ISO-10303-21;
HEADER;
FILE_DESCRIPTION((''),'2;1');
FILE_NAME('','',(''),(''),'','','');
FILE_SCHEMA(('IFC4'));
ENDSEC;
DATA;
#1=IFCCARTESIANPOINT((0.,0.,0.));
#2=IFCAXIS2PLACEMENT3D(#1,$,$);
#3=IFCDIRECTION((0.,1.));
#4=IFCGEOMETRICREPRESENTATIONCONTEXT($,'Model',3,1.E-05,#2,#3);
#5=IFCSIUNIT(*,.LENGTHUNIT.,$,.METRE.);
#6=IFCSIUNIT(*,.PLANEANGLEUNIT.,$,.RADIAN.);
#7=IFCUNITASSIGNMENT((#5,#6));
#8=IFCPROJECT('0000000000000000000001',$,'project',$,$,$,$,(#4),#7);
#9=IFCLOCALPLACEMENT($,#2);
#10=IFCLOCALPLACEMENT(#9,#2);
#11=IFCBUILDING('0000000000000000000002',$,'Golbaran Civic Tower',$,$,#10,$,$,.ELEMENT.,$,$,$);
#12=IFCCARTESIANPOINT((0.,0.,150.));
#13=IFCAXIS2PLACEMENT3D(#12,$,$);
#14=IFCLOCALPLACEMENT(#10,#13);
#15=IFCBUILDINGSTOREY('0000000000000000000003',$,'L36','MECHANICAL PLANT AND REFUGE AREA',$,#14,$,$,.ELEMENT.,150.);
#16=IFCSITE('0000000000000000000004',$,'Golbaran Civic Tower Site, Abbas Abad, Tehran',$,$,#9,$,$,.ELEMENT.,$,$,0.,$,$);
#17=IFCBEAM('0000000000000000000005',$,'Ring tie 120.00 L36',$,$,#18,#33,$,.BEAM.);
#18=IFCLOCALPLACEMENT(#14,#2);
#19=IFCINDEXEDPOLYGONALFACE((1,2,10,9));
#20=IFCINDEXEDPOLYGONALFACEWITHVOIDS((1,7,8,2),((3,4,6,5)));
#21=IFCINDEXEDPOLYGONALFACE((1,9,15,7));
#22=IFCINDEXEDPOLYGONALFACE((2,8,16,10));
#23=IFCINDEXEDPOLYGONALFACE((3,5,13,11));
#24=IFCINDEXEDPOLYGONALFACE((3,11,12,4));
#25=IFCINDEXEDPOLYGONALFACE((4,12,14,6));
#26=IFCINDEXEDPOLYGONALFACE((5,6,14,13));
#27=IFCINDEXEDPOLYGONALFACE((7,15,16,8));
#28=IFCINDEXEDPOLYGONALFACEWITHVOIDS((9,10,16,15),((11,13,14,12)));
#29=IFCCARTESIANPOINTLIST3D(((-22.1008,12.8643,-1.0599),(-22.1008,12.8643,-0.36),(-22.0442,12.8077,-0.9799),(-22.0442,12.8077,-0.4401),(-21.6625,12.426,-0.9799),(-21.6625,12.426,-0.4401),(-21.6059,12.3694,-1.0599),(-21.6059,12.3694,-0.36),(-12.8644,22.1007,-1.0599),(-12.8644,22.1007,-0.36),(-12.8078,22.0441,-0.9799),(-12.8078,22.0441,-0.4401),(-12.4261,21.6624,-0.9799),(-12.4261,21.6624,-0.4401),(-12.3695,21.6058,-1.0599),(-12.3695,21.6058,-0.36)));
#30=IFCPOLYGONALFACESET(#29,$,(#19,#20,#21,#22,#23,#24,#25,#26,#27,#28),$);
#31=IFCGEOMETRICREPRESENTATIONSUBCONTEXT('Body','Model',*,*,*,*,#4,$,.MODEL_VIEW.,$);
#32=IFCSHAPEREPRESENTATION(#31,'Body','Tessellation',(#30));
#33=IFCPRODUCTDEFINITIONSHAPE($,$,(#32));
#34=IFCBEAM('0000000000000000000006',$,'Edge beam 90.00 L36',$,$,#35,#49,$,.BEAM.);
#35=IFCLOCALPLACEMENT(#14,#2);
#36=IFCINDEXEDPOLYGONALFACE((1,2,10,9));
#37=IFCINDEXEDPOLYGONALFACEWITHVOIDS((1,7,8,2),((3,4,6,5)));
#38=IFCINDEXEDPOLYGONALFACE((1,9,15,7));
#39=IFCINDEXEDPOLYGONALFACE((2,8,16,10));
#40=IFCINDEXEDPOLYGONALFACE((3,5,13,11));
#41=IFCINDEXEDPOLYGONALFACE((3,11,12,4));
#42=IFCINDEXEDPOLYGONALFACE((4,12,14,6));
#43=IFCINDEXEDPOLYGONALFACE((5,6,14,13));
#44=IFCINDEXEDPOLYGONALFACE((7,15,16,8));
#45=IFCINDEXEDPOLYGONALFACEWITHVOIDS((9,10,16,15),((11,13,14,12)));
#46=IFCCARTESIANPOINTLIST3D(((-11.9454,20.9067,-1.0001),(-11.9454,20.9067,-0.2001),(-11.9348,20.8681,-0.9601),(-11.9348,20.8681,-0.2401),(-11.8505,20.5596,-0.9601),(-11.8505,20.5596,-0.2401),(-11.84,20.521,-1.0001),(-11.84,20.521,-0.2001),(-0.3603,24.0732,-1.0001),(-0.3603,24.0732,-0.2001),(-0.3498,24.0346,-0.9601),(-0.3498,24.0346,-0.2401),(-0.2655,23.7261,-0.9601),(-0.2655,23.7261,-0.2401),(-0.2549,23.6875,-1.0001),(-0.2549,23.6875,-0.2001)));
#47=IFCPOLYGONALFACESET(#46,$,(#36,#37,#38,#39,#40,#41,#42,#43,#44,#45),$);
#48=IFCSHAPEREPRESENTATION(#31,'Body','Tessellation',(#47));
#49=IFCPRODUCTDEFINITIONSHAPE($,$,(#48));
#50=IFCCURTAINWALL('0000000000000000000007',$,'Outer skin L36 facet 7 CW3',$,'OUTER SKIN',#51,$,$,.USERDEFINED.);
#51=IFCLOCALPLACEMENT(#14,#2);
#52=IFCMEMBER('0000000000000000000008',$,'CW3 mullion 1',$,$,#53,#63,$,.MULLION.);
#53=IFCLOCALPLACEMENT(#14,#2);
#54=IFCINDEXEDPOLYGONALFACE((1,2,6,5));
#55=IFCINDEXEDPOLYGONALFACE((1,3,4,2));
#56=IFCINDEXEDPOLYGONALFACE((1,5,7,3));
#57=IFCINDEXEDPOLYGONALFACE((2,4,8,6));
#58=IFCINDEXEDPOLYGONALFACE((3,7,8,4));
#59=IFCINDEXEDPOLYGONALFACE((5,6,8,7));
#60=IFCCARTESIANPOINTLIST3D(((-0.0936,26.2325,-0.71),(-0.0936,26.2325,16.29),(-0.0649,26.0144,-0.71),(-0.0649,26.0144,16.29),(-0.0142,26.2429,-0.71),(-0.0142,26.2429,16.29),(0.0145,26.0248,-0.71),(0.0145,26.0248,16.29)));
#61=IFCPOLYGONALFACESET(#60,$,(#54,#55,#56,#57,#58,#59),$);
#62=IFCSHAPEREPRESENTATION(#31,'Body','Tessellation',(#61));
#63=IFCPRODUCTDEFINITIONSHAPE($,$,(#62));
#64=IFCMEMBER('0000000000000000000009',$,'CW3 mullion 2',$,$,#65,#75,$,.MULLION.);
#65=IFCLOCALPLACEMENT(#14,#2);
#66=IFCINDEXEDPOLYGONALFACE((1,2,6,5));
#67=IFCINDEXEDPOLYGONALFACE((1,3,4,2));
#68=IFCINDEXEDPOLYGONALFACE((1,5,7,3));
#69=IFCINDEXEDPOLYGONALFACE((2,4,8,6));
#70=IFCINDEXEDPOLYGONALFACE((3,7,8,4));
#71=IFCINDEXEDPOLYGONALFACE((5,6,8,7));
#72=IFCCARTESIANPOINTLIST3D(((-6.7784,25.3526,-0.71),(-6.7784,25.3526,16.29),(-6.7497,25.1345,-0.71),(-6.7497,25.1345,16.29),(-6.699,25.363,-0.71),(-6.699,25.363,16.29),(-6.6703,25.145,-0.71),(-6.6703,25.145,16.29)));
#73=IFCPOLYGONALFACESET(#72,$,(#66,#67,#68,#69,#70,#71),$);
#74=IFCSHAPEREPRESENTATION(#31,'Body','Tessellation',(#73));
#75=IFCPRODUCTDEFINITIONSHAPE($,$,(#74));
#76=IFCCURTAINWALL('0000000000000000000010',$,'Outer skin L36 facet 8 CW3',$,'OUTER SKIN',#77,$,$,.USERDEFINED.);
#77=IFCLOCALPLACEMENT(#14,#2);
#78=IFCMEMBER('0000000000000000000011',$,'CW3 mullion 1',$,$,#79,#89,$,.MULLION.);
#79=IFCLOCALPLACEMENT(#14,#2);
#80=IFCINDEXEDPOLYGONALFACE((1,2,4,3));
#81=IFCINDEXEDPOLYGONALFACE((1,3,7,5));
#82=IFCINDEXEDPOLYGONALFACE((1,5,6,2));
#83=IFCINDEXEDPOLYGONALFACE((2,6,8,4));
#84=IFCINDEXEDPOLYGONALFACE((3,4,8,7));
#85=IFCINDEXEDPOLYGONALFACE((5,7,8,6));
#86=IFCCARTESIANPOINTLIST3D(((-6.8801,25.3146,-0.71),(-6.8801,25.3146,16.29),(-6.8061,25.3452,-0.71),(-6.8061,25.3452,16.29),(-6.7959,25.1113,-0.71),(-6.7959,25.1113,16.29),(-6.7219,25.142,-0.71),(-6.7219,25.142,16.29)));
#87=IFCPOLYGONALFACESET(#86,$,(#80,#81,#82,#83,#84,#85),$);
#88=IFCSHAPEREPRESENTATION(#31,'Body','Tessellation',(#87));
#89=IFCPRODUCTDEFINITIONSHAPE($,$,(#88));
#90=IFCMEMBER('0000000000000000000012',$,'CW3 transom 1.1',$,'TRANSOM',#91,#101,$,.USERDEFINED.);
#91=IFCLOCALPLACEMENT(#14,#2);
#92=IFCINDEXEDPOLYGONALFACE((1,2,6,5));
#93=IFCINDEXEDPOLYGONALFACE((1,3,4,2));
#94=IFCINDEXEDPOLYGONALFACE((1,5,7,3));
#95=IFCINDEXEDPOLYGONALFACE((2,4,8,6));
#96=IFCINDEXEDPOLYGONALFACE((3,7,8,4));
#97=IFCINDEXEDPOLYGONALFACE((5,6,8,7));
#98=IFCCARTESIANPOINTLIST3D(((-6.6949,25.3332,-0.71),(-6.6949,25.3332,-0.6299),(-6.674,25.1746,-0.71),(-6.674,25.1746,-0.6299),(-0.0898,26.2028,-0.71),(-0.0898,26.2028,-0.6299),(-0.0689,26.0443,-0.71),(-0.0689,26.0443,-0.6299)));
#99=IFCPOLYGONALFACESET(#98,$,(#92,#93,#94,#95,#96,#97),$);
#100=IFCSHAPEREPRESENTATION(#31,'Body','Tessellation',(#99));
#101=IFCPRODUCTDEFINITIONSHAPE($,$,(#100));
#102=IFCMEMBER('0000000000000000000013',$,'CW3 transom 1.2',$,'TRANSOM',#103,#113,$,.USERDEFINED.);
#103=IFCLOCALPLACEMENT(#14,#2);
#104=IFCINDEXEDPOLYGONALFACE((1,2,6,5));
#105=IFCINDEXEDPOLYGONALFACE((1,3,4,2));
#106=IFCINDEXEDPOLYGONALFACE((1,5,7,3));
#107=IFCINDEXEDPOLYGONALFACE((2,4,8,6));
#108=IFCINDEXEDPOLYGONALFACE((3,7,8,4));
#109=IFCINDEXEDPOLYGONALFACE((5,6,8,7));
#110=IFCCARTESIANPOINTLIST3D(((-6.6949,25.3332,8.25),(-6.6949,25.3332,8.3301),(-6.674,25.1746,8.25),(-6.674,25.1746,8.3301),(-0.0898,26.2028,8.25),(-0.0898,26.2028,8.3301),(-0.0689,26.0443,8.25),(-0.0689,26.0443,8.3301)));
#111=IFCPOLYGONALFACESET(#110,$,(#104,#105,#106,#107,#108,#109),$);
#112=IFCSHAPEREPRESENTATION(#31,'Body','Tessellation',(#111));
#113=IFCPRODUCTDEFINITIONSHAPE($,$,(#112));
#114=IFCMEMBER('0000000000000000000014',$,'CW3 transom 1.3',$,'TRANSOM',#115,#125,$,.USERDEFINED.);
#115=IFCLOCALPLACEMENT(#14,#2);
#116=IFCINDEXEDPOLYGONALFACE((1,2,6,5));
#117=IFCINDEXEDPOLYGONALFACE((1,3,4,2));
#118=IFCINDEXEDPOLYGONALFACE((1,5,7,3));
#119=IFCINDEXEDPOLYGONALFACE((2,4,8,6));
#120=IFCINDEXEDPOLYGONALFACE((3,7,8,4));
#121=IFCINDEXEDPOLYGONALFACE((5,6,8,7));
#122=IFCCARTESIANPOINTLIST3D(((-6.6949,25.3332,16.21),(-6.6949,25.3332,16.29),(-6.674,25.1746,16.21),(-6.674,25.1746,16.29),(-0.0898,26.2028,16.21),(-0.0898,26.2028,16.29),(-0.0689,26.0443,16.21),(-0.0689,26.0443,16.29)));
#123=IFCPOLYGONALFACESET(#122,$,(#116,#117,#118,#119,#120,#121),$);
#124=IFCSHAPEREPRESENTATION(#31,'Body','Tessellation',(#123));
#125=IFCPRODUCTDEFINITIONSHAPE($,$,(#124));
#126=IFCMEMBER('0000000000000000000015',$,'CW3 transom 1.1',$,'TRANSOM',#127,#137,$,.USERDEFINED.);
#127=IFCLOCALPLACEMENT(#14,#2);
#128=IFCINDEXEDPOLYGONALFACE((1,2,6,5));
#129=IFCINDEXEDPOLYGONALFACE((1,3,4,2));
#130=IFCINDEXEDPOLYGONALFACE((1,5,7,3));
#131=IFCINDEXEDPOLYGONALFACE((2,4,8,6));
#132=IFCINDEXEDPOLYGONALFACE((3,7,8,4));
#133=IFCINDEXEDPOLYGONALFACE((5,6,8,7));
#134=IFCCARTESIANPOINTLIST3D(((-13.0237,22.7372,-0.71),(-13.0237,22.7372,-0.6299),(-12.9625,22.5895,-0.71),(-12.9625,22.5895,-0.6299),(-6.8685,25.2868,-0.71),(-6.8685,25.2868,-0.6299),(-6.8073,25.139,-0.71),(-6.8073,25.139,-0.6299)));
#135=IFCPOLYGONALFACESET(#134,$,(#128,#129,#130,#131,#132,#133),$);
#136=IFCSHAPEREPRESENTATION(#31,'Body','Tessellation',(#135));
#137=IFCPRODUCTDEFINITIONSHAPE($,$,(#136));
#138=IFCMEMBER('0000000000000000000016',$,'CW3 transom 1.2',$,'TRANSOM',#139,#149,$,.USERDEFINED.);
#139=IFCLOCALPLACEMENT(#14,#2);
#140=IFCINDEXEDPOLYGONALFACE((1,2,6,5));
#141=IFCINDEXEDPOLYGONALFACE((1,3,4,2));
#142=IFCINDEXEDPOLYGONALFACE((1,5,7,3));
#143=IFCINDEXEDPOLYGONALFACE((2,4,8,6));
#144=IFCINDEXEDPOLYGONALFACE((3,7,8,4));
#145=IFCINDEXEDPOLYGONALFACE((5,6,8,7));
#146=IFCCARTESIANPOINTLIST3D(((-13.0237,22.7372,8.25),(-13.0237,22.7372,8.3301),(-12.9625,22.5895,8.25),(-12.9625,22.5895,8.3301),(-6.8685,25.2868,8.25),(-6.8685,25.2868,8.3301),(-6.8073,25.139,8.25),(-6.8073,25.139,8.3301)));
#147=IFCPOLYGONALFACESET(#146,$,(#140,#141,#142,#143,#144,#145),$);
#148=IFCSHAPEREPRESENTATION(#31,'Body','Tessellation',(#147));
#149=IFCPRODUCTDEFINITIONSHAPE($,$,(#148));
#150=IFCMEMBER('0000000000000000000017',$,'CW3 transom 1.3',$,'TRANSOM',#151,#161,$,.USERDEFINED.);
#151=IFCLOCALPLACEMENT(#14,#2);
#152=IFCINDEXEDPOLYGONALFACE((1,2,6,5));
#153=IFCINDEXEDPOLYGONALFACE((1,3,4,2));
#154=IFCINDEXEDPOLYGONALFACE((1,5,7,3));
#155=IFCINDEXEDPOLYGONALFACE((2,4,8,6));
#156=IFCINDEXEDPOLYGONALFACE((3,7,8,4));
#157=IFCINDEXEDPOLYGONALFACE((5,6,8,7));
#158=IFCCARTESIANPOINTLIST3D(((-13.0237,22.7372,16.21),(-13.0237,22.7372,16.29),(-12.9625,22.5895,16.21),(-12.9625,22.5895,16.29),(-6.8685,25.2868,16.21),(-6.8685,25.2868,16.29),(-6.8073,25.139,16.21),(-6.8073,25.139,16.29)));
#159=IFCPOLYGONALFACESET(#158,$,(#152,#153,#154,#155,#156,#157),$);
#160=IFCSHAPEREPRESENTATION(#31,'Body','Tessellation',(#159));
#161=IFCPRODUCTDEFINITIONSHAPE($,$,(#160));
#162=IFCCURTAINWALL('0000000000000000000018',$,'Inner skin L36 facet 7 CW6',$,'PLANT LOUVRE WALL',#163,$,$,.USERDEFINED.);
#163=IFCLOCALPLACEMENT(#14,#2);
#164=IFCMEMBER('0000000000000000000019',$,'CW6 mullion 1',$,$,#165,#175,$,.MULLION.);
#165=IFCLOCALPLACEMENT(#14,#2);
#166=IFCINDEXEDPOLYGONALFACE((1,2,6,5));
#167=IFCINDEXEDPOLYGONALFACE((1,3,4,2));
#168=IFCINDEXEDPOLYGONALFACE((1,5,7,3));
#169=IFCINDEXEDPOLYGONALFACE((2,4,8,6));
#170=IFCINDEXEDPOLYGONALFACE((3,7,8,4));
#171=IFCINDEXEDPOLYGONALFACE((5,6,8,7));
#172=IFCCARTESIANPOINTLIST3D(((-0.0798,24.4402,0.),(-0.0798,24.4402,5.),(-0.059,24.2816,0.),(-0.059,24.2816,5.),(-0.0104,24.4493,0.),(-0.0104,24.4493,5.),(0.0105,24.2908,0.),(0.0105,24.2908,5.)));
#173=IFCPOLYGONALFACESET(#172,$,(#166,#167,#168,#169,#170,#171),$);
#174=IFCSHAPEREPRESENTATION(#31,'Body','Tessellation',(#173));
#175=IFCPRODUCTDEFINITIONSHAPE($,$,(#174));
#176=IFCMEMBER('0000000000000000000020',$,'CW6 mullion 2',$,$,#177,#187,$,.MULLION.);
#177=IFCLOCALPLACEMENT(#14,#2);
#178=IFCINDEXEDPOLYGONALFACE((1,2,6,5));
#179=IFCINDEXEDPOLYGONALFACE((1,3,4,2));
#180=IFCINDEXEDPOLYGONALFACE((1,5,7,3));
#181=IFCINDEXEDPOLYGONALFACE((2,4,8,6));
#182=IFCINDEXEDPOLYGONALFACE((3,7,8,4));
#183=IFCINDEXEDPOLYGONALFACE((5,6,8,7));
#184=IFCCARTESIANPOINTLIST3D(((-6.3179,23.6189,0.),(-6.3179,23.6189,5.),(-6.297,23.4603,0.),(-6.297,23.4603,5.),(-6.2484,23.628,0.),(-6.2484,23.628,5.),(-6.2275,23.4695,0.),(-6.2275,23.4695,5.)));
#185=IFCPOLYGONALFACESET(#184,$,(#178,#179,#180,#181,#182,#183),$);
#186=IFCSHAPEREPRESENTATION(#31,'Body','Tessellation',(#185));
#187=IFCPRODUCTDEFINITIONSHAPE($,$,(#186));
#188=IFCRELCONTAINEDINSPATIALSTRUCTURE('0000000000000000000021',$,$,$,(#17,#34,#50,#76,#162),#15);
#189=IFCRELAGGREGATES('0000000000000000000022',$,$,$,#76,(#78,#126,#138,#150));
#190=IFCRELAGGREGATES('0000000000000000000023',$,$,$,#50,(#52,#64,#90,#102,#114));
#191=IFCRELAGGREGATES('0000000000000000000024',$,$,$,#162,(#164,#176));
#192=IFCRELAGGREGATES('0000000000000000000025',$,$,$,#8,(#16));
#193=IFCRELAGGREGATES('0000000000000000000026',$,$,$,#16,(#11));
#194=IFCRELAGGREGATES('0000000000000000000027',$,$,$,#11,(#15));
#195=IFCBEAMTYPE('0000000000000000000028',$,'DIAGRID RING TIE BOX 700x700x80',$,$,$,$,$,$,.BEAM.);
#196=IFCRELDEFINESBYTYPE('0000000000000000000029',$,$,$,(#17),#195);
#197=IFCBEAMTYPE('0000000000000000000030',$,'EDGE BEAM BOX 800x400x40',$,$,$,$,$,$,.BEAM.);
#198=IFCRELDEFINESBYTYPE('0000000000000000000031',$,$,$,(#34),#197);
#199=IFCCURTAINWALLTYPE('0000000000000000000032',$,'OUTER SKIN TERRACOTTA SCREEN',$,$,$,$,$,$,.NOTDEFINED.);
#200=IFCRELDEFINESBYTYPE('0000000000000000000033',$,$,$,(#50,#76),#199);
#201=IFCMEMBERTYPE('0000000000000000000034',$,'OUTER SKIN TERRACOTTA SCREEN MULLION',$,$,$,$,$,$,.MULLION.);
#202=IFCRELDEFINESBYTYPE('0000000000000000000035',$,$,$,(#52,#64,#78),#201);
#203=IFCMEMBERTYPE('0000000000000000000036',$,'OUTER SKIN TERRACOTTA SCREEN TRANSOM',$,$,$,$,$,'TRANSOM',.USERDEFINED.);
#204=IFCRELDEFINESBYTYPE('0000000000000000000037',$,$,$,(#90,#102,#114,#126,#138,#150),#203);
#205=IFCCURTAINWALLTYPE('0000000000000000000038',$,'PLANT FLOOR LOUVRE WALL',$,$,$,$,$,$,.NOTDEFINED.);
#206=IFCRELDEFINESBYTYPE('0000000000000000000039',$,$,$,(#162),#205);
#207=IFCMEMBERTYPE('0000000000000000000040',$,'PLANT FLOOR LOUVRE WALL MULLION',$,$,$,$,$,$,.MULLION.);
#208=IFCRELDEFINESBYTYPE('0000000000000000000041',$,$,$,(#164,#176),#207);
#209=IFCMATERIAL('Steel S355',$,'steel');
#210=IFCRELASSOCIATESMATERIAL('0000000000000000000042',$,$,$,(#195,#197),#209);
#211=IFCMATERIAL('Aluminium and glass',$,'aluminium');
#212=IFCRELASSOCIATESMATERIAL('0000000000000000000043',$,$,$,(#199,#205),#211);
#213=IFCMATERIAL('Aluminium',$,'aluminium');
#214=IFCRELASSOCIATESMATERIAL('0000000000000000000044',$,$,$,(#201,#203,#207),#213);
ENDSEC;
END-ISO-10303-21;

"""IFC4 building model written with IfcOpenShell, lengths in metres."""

from ifc_helpers import new_model, si_unit, direction, frame, origin, origin_2d, place, context, subcontext, project, spatial, rectangle, hollow_rectangle, extrude, material, material_profile, profile_set, type_object, element, aggregate, save


model = new_model("IFC4")

# Units and contexts
model_context = context("Model", 3, precision=1e-05, world=origin(), true_north=direction((0.0, 1.0)))
body_context = subcontext(model_context, "Body", "Model", "MODEL_VIEW")
ifc_project = project(units=[si_unit("LENGTHUNIT", "METRE"), si_unit("PLANEANGLEUNIT", "RADIAN")], contexts=[model_context])

# Site, building, storey
site_placement = place(None, origin())
site = spatial("IfcSite", under=ifc_project, at=site_placement, Name="Golbaran Civic Tower Site, Abbas Abad, Tehran", CompositionType="ELEMENT", RefElevation=0.0)
building_placement = place(site_placement, origin())
building = spatial("IfcBuilding", under=site, at=building_placement, Name="Golbaran Civic Tower", CompositionType="ELEMENT")
storey_placement = place(building_placement, frame((0.0, 0.0, 150.0)))
storey = spatial("IfcBuildingStorey", under=building, at=storey_placement, Name="L36", Description="MECHANICAL PLANT AND REFUGE AREA", CompositionType="ELEMENT", Elevation=150.0)

# Shared definitions
ifc_material_1 = material(Name="Steel S355", Category="steel")

# Beams
ifc_material_profile_1 = material_profile(ifc_material_1, hollow_rectangle(XDim=0.7, YDim=0.7, WallThickness=0.0801, at=origin_2d()), Name="BOX 700x700x80")
ifc_profile_set_1 = profile_set([ifc_material_profile_1], Name="Steel S355")
beam_type_1 = type_object("IfcBeamType", Name="DIAGRID RING TIE BOX 700x700x80", PredefinedType="BEAM", material=ifc_profile_set_1)
beam_1_placement = place(storey_placement, frame((-12.6169, 21.8533, -0.71), z_axis=(-0.707107, -0.707107, 0.0), x_axis=(0.707107, -0.707107, 0.0)))
element("IfcBeam", 1, at=beam_1_placement, inside=storey, type_object=beam_type_1, Name="Ring tie 120.00 L36", PredefinedType="BEAM", context=body_context, shape_type="SweptSolid", body=[
    extrude(hollow_rectangle(XDim=0.7, YDim=0.7, WallThickness=0.0801, at=origin_2d()), origin(), (0.0, 0.0, 1.0), 13.0623),
])
ifc_material_profile_2 = material_profile(ifc_material_1, hollow_rectangle(XDim=0.3999, YDim=0.8, WallThickness=0.04, at=origin_2d()), Name="BOX 800x400x40")
ifc_profile_set_2 = profile_set([ifc_material_profile_2], Name="Steel S355")
beam_type_2 = type_object("IfcBeamType", Name="EDGE BEAM BOX 800x400x40", PredefinedType="BEAM", material=ifc_profile_set_2)
beam_2_placement = place(storey_placement, frame((-0.3076, 23.8804, -0.6001), z_axis=(-0.964616, -0.263657, 0.0), x_axis=(0.263657, -0.964616, 0.0)))
element("IfcBeam", 2, at=beam_2_placement, inside=storey, type_object=beam_type_2, Name="Edge beam 90.00 L36", PredefinedType="BEAM", context=body_context, shape_type="SweptSolid", body=[
    extrude(hollow_rectangle(XDim=0.3999, YDim=0.8, WallThickness=0.04, at=origin_2d()), origin(), (0.0, 0.0, 1.0), 12.01),
])

# Curtain wall, members
ifc_material_2 = material(Name="Aluminium and glass", Category="aluminium")
curtain_wall_type_1 = type_object("IfcCurtainWallType", Name="OUTER SKIN TERRACOTTA SCREEN", PredefinedType="NOTDEFINED", material=ifc_material_2)
curtain_wall_1_placement = place(storey_placement, origin())
curtain_wall_1 = element("IfcCurtainWall", 3, at=curtain_wall_1_placement, inside=storey, type_object=curtain_wall_type_1, Name="Outer skin L36 facet 7 CW3", ObjectType="OUTER SKIN", PredefinedType="USERDEFINED")
ifc_material_3 = material(Name="Aluminium", Category="aluminium")
ifc_material_profile_3 = material_profile(ifc_material_3, rectangle(XDim=0.22, YDim=0.0801, at=origin_2d()), Name="OUTER SKIN TERRACOTTA SCREEN MULLION")
ifc_profile_set_3 = profile_set([ifc_material_profile_3], Name="Aluminium")
member_type_1 = type_object("IfcMemberType", Name="OUTER SKIN TERRACOTTA SCREEN MULLION", PredefinedType="MULLION", material=ifc_profile_set_3)
member_1_placement = place(storey_placement, frame((-0.0396, 26.1287, -0.71), z_axis=(0.0, 0.0, 1.0), x_axis=(0.130526, -0.991445, 0.0)))
member_1 = element("IfcMember", 4, at=member_1_placement, type_object=member_type_1, Name="CW3 mullion 1", PredefinedType="MULLION", context=body_context, shape_type="SweptSolid", body=[
    extrude(rectangle(XDim=0.22, YDim=0.0801, at=origin_2d()), origin(), (0.0, 0.0, 1.0), 17.0),
])
member_2_placement = place(storey_placement, frame((-6.7244, 25.2488, -0.71), z_axis=(0.0, 0.0, 1.0), x_axis=(0.130526, -0.991445, 0.0)))
member_2 = element("IfcMember", 5, at=member_2_placement, type_object=member_type_1, Name="CW3 mullion 2", PredefinedType="MULLION", context=body_context, shape_type="SweptSolid", body=[
    extrude(rectangle(XDim=0.22, YDim=0.0801, at=origin_2d()), origin(), (0.0, 0.0, 1.0), 17.0),
])

# Curtain wall, member
curtain_wall_2_placement = place(storey_placement, origin())
curtain_wall_2 = element("IfcCurtainWall", 6, at=curtain_wall_2_placement, inside=storey, type_object=curtain_wall_type_1, Name="Outer skin L36 facet 8 CW3", ObjectType="OUTER SKIN", PredefinedType="USERDEFINED")
member_3_placement = place(storey_placement, frame((-6.801, 25.2283, -0.71), z_axis=(0.0, 0.0, 1.0), x_axis=(0.382683, -0.92388, 0.0)))
member_3 = element("IfcMember", 7, at=member_3_placement, type_object=member_type_1, Name="CW3 mullion 1", PredefinedType="MULLION", context=body_context, shape_type="SweptSolid", body=[
    extrude(rectangle(XDim=0.22, YDim=0.0801, at=origin_2d()), origin(), (0.0, 0.0, 1.0), 17.0),
])

# Members
ifc_material_profile_4 = material_profile(ifc_material_3, rectangle(XDim=0.1599, YDim=0.0801, at=origin_2d()), Name="OUTER SKIN TERRACOTTA SCREEN TRANSOM")
ifc_profile_set_4 = profile_set([ifc_material_profile_4], Name="Aluminium")
member_type_2 = type_object("IfcMemberType", Name="OUTER SKIN TERRACOTTA SCREEN TRANSOM", ElementType="TRANSOM", PredefinedType="USERDEFINED", material=ifc_profile_set_4)
member_4_placement = place(storey_placement, frame((-0.0793, 26.1235, -0.6699), z_axis=(-0.991444, -0.130531, 0.0), x_axis=(0.130531, -0.991444, 0.0)))
member_4 = element("IfcMember", 8, at=member_4_placement, type_object=member_type_2, Name="CW3 transom 1.1", ObjectType="TRANSOM", PredefinedType="USERDEFINED", context=body_context, shape_type="SweptSolid", body=[
    extrude(rectangle(XDim=0.1599, YDim=0.0801, at=origin_2d()), origin(), (0.0, 0.0, 1.0), 6.6621),
])
member_5_placement = place(storey_placement, frame((-0.0793, 26.1235, 8.29), z_axis=(-0.991444, -0.130531, 0.0), x_axis=(0.130531, -0.991444, 0.0)))
member_5 = element("IfcMember", 9, at=member_5_placement, type_object=member_type_2, Name="CW3 transom 1.2", ObjectType="TRANSOM", PredefinedType="USERDEFINED", context=body_context, shape_type="SweptSolid", body=[
    extrude(rectangle(XDim=0.1599, YDim=0.0801, at=origin_2d()), origin(), (0.0, 0.0, 1.0), 6.6621),
])
member_6_placement = place(storey_placement, frame((-0.0793, 26.1235, 16.25), z_axis=(-0.991444, -0.130531, 0.0), x_axis=(0.130531, -0.991444, 0.0)))
member_6 = element("IfcMember", 10, at=member_6_placement, type_object=member_type_2, Name="CW3 transom 1.3", ObjectType="TRANSOM", PredefinedType="USERDEFINED", context=body_context, shape_type="SweptSolid", body=[
    extrude(rectangle(XDim=0.1599, YDim=0.0801, at=origin_2d()), origin(), (0.0, 0.0, 1.0), 6.6621),
])
member_7_placement = place(storey_placement, frame((-6.8379, 25.2129, -0.6699), z_axis=(-0.923882, -0.382679, 0.0), x_axis=(0.382679, -0.923882, 0.0)))
member_7 = element("IfcMember", 11, at=member_7_placement, type_object=member_type_2, Name="CW3 transom 1.1", ObjectType="TRANSOM", PredefinedType="USERDEFINED", context=body_context, shape_type="SweptSolid", body=[
    extrude(rectangle(XDim=0.1599, YDim=0.0801, at=origin_2d()), origin(), (0.0, 0.0, 1.0), 6.6624),
])
member_8_placement = place(storey_placement, frame((-6.8379, 25.2129, 8.29), z_axis=(-0.923882, -0.382679, 0.0), x_axis=(0.382679, -0.923882, 0.0)))
member_8 = element("IfcMember", 12, at=member_8_placement, type_object=member_type_2, Name="CW3 transom 1.2", ObjectType="TRANSOM", PredefinedType="USERDEFINED", context=body_context, shape_type="SweptSolid", body=[
    extrude(rectangle(XDim=0.1599, YDim=0.0801, at=origin_2d()), origin(), (0.0, 0.0, 1.0), 6.6624),
])
member_9_placement = place(storey_placement, frame((-6.8379, 25.2129, 16.25), z_axis=(-0.923882, -0.382679, 0.0), x_axis=(0.382679, -0.923882, 0.0)))
member_9 = element("IfcMember", 13, at=member_9_placement, type_object=member_type_2, Name="CW3 transom 1.3", ObjectType="TRANSOM", PredefinedType="USERDEFINED", context=body_context, shape_type="SweptSolid", body=[
    extrude(rectangle(XDim=0.1599, YDim=0.0801, at=origin_2d()), origin(), (0.0, 0.0, 1.0), 6.6624),
])

# Curtain wall, members
curtain_wall_type_2 = type_object("IfcCurtainWallType", Name="PLANT FLOOR LOUVRE WALL", PredefinedType="NOTDEFINED", material=ifc_material_2)
curtain_wall_3_placement = place(storey_placement, origin())
curtain_wall_3 = element("IfcCurtainWall", 14, at=curtain_wall_3_placement, inside=storey, type_object=curtain_wall_type_2, Name="Inner skin L36 facet 7 CW6", ObjectType="PLANT LOUVRE WALL", PredefinedType="USERDEFINED")
ifc_material_profile_5 = material_profile(ifc_material_3, rectangle(XDim=0.1599, YDim=0.0701, at=origin_2d()), Name="PLANT FLOOR LOUVRE WALL MULLION")
ifc_profile_set_5 = profile_set([ifc_material_profile_5], Name="Aluminium")
member_type_3 = type_object("IfcMemberType", Name="PLANT FLOOR LOUVRE WALL MULLION", PredefinedType="MULLION", material=ifc_profile_set_5)
member_10_placement = place(storey_placement, frame((-0.0347, 24.3655, 0.0), z_axis=(0.0, 0.0, 1.0), x_axis=(0.130526, -0.991445, 0.0)))
member_10 = element("IfcMember", 15, at=member_10_placement, type_object=member_type_3, Name="CW6 mullion 1", PredefinedType="MULLION", context=body_context, shape_type="SweptSolid", body=[
    extrude(rectangle(XDim=0.1599, YDim=0.0701, at=origin_2d()), origin(), (0.0, 0.0, 1.0), 5.0),
])
member_11_placement = place(storey_placement, frame((-6.2727, 23.5442, 0.0), z_axis=(0.0, 0.0, 1.0), x_axis=(0.130526, -0.991445, 0.0)))
member_11 = element("IfcMember", 16, at=member_11_placement, type_object=member_type_3, Name="CW6 mullion 2", PredefinedType="MULLION", context=body_context, shape_type="SweptSolid", body=[
    extrude(rectangle(XDim=0.1599, YDim=0.0701, at=origin_2d()), origin(), (0.0, 0.0, 1.0), 5.0),
])

aggregate(curtain_wall_2, [member_3, member_7, member_8, member_9])
aggregate(curtain_wall_1, [member_1, member_2, member_4, member_5, member_6])
aggregate(curtain_wall_3, [member_10, member_11])

save(model, "model.ifc")
